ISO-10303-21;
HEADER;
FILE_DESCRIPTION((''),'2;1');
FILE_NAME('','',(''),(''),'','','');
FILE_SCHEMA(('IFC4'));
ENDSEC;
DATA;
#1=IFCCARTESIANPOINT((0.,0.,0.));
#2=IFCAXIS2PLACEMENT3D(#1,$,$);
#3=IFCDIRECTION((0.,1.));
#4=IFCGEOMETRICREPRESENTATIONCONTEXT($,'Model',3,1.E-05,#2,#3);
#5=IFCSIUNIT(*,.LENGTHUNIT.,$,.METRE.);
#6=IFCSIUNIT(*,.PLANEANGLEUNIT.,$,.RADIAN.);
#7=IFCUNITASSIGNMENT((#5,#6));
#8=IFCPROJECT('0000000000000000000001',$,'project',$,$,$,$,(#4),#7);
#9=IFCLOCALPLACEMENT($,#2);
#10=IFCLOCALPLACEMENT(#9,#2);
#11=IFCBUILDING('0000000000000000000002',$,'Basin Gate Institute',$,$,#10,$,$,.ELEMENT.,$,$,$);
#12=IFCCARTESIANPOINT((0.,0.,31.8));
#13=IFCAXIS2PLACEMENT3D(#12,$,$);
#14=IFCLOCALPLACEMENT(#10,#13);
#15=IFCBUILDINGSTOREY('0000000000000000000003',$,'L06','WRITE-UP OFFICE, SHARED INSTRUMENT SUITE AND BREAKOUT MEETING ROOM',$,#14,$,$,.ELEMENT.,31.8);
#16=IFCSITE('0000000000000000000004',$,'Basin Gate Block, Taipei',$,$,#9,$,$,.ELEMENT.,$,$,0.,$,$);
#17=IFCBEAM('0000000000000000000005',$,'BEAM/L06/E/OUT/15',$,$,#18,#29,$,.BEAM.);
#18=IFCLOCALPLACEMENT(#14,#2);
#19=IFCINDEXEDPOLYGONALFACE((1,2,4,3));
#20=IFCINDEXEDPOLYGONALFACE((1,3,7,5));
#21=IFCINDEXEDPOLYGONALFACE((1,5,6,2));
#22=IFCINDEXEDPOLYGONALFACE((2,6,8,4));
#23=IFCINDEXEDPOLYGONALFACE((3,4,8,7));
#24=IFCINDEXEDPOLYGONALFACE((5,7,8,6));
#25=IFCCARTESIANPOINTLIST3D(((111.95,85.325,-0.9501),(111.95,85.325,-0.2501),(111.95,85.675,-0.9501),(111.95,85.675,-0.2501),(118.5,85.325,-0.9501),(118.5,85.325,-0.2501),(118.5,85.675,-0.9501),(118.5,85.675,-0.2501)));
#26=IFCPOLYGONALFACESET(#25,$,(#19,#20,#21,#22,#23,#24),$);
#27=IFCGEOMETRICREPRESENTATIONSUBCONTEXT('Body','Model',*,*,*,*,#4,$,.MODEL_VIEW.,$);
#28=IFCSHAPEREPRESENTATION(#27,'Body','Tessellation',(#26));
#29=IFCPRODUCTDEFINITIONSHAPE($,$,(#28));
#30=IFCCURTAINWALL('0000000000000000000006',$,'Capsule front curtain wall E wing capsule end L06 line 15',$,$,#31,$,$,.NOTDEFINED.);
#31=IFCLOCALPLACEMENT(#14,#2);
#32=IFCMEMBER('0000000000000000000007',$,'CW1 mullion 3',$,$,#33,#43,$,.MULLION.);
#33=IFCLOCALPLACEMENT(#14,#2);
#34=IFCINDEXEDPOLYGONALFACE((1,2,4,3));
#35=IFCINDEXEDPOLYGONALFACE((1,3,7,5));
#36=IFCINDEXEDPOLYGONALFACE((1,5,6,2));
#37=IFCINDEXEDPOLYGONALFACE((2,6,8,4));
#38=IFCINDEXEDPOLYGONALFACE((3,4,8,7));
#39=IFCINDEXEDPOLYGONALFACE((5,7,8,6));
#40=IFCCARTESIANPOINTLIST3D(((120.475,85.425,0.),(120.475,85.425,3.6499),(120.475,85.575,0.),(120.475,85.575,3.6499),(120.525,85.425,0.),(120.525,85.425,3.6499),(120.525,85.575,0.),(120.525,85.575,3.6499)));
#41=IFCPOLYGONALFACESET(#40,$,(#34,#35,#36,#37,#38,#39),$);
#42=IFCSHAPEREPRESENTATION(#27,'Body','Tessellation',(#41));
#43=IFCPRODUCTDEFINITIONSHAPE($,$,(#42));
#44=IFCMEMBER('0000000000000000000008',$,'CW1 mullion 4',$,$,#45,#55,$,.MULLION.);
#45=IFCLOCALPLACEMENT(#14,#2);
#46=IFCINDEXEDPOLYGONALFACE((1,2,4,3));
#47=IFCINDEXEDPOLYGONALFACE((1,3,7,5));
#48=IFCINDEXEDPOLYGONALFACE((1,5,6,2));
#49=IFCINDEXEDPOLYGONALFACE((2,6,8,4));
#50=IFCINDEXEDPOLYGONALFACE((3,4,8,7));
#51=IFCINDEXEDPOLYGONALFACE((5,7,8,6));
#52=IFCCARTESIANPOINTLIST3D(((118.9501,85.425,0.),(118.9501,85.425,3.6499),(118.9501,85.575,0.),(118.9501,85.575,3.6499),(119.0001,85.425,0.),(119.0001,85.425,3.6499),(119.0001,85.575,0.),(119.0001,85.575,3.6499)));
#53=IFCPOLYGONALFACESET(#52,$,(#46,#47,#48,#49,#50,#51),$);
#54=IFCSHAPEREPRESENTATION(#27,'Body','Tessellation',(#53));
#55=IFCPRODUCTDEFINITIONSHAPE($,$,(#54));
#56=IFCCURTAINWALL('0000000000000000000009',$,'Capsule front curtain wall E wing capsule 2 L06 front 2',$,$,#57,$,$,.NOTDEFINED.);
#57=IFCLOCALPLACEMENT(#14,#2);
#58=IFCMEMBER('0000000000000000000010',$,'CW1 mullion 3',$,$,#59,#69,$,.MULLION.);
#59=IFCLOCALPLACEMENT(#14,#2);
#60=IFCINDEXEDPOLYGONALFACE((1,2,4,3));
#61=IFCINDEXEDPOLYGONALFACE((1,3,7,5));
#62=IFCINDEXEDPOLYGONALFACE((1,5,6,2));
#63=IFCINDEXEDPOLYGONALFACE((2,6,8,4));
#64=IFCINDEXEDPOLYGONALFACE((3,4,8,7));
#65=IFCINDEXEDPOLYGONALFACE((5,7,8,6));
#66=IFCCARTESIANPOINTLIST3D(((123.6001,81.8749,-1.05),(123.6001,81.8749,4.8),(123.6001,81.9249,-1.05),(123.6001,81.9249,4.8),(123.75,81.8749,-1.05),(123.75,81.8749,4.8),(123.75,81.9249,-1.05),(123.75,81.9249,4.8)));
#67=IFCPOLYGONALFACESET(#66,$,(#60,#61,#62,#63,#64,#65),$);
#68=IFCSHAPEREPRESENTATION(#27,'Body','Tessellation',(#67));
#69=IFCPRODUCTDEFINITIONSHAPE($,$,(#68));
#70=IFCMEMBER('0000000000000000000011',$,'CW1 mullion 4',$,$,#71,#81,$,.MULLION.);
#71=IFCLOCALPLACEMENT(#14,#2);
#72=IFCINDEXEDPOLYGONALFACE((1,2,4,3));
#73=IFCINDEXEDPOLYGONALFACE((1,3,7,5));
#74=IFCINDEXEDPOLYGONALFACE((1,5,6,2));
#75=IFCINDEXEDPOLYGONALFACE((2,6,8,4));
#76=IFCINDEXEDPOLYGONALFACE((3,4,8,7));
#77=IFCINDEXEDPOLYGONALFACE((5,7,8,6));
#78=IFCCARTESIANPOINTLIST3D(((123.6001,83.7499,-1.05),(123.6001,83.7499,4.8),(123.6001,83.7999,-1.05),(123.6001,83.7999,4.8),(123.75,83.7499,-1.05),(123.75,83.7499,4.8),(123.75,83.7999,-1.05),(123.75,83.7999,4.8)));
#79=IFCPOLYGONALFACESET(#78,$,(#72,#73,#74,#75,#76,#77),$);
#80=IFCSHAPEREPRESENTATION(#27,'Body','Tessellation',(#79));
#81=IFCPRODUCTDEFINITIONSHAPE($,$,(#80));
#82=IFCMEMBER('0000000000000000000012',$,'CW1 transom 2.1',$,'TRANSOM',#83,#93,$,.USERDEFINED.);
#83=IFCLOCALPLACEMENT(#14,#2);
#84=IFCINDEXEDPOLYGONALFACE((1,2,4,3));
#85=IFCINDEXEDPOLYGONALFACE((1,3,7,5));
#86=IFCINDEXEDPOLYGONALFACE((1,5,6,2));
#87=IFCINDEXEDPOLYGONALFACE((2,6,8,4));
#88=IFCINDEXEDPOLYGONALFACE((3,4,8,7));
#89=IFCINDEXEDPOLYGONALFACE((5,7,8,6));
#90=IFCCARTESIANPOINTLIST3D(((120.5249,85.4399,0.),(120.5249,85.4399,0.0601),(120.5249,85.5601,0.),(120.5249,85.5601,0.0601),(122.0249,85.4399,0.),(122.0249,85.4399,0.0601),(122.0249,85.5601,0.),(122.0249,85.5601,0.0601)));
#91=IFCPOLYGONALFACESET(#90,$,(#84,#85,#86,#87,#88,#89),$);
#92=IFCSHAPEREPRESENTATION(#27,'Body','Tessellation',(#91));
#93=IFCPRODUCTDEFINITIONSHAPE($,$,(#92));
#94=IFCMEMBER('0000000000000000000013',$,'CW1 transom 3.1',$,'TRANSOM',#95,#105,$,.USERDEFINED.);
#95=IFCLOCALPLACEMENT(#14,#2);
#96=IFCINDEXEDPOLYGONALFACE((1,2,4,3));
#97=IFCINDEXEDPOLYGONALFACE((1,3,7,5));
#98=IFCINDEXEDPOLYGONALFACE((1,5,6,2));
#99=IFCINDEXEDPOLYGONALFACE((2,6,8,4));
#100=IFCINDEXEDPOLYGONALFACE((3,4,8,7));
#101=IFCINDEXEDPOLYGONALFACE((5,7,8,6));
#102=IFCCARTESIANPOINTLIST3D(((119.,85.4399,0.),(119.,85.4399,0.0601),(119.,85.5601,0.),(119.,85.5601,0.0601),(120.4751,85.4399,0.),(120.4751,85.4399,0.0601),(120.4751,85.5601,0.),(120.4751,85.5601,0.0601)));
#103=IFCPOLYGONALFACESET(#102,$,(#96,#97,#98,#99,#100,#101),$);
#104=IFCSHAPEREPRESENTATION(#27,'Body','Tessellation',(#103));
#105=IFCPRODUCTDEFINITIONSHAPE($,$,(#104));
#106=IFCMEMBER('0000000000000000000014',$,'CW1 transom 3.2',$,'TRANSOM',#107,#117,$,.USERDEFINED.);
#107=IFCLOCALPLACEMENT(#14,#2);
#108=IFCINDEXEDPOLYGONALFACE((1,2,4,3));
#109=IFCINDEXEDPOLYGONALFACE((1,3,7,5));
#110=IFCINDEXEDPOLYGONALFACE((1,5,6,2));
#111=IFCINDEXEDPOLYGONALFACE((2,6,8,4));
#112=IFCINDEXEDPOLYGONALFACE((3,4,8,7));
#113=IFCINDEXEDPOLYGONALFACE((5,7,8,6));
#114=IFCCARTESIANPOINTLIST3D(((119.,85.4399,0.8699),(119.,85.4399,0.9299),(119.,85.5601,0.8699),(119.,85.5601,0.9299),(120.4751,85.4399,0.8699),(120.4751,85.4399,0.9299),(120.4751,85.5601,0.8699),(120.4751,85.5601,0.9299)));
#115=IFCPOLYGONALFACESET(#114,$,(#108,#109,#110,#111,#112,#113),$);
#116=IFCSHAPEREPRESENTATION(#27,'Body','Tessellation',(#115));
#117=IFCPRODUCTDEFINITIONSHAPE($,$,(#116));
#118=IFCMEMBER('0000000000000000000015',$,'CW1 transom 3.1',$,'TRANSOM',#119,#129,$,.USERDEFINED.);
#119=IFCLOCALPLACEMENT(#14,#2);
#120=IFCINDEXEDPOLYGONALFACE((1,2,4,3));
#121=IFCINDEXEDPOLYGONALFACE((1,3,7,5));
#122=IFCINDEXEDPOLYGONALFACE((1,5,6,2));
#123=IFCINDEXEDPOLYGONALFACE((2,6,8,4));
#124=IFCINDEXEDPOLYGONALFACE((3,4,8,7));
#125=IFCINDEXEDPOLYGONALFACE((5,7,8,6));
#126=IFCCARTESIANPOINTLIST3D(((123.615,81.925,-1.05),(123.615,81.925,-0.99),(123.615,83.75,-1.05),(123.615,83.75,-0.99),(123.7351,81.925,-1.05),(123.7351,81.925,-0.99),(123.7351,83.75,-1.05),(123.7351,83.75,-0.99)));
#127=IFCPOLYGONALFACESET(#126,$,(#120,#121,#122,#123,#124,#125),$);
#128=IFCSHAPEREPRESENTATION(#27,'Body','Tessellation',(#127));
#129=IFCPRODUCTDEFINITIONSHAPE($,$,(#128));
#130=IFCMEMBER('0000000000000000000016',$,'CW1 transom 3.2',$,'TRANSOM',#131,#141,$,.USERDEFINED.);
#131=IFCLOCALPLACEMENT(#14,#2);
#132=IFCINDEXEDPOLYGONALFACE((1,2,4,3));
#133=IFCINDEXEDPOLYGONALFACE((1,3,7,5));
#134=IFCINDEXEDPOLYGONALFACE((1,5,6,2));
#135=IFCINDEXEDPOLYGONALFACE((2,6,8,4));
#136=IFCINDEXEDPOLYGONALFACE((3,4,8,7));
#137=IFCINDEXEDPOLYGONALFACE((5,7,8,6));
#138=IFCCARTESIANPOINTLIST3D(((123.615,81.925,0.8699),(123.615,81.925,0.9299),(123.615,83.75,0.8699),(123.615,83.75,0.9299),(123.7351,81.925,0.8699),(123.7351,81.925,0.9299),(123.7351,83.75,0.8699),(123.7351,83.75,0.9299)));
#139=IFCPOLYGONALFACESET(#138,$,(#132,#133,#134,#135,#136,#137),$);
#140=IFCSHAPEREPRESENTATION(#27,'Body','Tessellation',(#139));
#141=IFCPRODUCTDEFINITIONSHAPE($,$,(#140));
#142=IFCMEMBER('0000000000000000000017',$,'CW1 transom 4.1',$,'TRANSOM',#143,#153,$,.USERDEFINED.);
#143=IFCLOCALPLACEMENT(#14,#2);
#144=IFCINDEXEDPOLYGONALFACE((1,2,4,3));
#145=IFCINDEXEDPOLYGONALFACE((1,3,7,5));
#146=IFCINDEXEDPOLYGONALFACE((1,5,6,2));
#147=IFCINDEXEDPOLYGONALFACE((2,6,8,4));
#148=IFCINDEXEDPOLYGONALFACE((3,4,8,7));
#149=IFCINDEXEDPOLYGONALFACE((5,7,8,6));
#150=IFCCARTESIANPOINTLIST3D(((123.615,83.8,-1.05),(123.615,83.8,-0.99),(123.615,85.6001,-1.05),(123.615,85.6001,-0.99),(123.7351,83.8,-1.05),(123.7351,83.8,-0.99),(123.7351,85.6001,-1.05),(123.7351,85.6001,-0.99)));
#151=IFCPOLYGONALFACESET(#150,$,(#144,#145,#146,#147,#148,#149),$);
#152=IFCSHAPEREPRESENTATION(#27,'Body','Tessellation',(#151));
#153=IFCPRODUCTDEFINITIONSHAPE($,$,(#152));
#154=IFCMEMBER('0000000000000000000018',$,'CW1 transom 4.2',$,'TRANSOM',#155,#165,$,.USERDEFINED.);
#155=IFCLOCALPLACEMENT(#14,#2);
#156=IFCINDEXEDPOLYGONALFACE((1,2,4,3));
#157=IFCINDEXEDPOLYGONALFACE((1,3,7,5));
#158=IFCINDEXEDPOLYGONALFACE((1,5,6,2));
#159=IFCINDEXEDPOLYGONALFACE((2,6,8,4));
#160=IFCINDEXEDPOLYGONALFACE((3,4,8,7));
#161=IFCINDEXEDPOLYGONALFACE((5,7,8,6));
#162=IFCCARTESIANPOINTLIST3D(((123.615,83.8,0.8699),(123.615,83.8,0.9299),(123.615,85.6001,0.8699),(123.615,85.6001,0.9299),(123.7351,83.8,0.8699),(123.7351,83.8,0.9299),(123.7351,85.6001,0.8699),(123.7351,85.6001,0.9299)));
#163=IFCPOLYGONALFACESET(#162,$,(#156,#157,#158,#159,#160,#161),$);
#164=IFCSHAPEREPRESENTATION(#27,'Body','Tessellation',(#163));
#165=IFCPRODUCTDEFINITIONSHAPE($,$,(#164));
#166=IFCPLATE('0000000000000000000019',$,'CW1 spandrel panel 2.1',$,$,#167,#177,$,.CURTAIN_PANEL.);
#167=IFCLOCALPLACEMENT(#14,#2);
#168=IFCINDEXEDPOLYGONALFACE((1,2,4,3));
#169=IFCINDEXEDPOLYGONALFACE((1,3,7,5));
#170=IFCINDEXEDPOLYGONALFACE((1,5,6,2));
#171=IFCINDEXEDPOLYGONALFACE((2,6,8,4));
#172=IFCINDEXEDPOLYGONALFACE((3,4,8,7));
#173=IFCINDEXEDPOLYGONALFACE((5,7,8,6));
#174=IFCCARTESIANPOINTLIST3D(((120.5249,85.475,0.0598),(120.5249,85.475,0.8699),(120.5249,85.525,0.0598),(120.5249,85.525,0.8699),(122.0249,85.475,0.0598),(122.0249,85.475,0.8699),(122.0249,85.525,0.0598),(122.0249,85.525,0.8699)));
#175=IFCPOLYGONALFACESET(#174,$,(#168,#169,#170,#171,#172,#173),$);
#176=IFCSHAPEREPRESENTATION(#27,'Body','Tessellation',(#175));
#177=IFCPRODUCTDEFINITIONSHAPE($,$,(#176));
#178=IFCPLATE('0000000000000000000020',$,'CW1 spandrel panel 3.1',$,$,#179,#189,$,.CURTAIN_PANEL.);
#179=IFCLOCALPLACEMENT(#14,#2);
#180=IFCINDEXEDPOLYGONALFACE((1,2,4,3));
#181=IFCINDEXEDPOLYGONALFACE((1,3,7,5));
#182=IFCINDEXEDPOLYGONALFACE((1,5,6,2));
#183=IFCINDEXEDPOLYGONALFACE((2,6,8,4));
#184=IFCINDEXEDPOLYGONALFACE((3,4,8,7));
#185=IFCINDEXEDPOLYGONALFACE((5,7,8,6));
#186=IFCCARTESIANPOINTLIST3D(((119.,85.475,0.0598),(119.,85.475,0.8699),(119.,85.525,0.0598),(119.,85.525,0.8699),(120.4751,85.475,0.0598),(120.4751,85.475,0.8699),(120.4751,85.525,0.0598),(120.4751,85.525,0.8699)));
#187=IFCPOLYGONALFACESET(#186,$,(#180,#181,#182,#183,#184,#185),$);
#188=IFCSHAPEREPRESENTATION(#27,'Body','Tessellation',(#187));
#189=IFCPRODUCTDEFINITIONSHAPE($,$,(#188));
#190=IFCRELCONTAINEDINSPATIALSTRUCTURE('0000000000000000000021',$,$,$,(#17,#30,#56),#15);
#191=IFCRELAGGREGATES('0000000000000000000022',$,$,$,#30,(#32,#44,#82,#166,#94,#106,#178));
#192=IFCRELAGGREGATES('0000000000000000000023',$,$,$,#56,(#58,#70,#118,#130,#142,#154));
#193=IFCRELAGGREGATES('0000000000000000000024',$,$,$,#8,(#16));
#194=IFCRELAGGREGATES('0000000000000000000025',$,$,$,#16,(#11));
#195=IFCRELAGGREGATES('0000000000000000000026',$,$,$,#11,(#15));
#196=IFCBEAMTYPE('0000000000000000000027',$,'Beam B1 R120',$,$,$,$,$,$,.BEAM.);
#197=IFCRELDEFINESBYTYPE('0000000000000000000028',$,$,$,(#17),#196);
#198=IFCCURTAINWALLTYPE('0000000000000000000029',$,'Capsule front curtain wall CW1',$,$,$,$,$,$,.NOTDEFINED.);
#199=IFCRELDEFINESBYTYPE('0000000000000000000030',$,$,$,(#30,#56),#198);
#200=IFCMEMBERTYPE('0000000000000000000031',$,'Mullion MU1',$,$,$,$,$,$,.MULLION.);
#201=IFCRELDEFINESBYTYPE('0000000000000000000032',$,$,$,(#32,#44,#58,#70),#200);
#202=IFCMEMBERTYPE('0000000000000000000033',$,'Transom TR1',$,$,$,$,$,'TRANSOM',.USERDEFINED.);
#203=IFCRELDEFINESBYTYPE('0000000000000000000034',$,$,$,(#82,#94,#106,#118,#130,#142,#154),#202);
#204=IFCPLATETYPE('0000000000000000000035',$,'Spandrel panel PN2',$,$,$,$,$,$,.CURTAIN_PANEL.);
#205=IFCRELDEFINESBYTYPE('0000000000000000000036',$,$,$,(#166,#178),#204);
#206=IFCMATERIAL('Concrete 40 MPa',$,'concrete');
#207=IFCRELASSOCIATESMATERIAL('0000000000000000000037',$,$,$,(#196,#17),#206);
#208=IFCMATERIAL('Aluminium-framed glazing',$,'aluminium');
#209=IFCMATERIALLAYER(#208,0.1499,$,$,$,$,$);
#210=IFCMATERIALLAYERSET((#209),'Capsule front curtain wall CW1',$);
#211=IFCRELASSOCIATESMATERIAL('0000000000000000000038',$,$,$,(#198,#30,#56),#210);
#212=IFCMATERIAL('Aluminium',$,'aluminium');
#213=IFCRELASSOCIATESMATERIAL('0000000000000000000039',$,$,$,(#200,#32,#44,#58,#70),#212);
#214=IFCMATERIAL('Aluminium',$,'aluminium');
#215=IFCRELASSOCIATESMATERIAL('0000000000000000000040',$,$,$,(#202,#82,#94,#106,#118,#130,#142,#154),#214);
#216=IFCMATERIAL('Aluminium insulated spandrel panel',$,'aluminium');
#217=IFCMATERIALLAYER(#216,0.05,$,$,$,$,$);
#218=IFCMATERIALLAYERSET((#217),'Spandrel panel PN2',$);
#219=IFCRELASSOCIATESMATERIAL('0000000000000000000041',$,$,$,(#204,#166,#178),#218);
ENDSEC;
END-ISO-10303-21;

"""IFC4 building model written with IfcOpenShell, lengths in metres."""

from ifc_helpers import new_model, si_unit, direction, frame, origin, origin_2d, place, context, subcontext, project, spatial, rectangle, extrude, material, layer, layer_set, material_profile, profile_set, type_object, element, aggregate, save


model = new_model("IFC4")

# Units and contexts
model_context = context("Model", 3, precision=1e-05, world=origin(), true_north=direction((0.0, 1.0)))
body_context = subcontext(model_context, "Body", "Model", "MODEL_VIEW")
ifc_project = project(units=[si_unit("LENGTHUNIT", "METRE"), si_unit("PLANEANGLEUNIT", "RADIAN")], contexts=[model_context])

# Site, building, storey
site_placement = place(None, origin())
site = spatial("IfcSite", under=ifc_project, at=site_placement, Name="Basin Gate Block, Taipei", CompositionType="ELEMENT", RefElevation=0.0)
building_placement = place(site_placement, origin())
building = spatial("IfcBuilding", under=site, at=building_placement, Name="Basin Gate Institute", CompositionType="ELEMENT")
storey_placement = place(building_placement, frame((0.0, 0.0, 31.8)))
storey = spatial("IfcBuildingStorey", under=building, at=storey_placement, Name="L06", Description="WRITE-UP OFFICE, SHARED INSTRUMENT SUITE AND BREAKOUT MEETING ROOM", CompositionType="ELEMENT", Elevation=31.8)

# Beam
ifc_material_1 = material(Name="Concrete 40 MPa", Category="concrete")
ifc_material_profile_1 = material_profile(ifc_material_1, rectangle(XDim=0.3501, YDim=0.7, at=origin_2d()), Name="Beam B1 350 x 700")
ifc_profile_set_1 = profile_set([ifc_material_profile_1], Name="Concrete 40 MPa")
beam_type = type_object("IfcBeamType", Name="Beam B1 R120", PredefinedType="BEAM", material=ifc_profile_set_1)
beam_placement = place(storey_placement, frame((118.5, 85.5, -0.6001), z_axis=(-1.0, 0.0, 0.0), x_axis=(0.0, -1.0, 0.0)))
element("IfcBeam", 1, at=beam_placement, inside=storey, type_object=beam_type, material=ifc_profile_set_1, Name="BEAM/L06/E/OUT/15", PredefinedType="BEAM", context=body_context, shape_type="SweptSolid", body=[
    extrude(rectangle(XDim=0.3501, YDim=0.7, at=origin_2d()), origin(), (0.0, 0.0, 1.0), 6.55),
])

# Curtain walls, members
ifc_material_2 = material(Name="Aluminium-framed glazing", Category="aluminium")
ifc_layer_1 = layer(ifc_material_2, 0.1499)
ifc_layer_set_1 = layer_set([ifc_layer_1], Name="Capsule front curtain wall CW1")
curtain_wall_type = type_object("IfcCurtainWallType", Name="Capsule front curtain wall CW1", PredefinedType="NOTDEFINED", material=ifc_layer_set_1)
curtain_wall_1_placement = place(storey_placement, origin())
curtain_wall_1 = element("IfcCurtainWall", 2, at=curtain_wall_1_placement, inside=storey, type_object=curtain_wall_type, material=ifc_layer_set_1, Name="Capsule front curtain wall E wing capsule end L06 line 15", PredefinedType="NOTDEFINED")
ifc_material_3 = material(Name="Aluminium", Category="aluminium")
ifc_material_profile_2 = material_profile(ifc_material_3, rectangle(XDim=0.1499, YDim=0.05, at=origin_2d()), Name="Mullion MU1 150 x 50")
ifc_profile_set_2 = profile_set([ifc_material_profile_2], Name="Aluminium")
member_type_1 = type_object("IfcMemberType", Name="Mullion MU1", PredefinedType="MULLION", material=ifc_profile_set_2)
member_1_placement = place(storey_placement, frame((120.5, 85.5, 0.0), z_axis=(0.0, 0.0, 1.0), x_axis=(0.0, -1.0, 0.0)))
member_1 = element("IfcMember", 3, at=member_1_placement, type_object=member_type_1, material=ifc_profile_set_2, Name="CW1 mullion 3", PredefinedType="MULLION", context=body_context, shape_type="SweptSolid", body=[
    extrude(rectangle(XDim=0.1499, YDim=0.05, at=origin_2d()), origin(), (0.0, 0.0, 1.0), 3.6499),
])
member_2_placement = place(storey_placement, frame((118.9751, 85.5, 0.0), z_axis=(0.0, 0.0, 1.0), x_axis=(0.0, -1.0, 0.0)))
member_2 = element("IfcMember", 4, at=member_2_placement, type_object=member_type_1, material=ifc_profile_set_2, Name="CW1 mullion 4", PredefinedType="MULLION", context=body_context, shape_type="SweptSolid", body=[
    extrude(rectangle(XDim=0.1499, YDim=0.05, at=origin_2d()), origin(), (0.0, 0.0, 1.0), 3.6499),
])
curtain_wall_2_placement = place(storey_placement, origin())
curtain_wall_2 = element("IfcCurtainWall", 5, at=curtain_wall_2_placement, inside=storey, type_object=curtain_wall_type, material=ifc_layer_set_1, Name="Capsule front curtain wall E wing capsule 2 L06 front 2", PredefinedType="NOTDEFINED")
member_3_placement = place(storey_placement, frame((123.675, 81.8999, -1.05), z_axis=(0.0, 0.0, 1.0), x_axis=(-1.0, 0.0, 0.0)))
member_3 = element("IfcMember", 6, at=member_3_placement, type_object=member_type_1, material=ifc_profile_set_2, Name="CW1 mullion 3", PredefinedType="MULLION", context=body_context, shape_type="SweptSolid", body=[
    extrude(rectangle(XDim=0.1499, YDim=0.05, at=origin_2d()), origin(), (0.0, 0.0, 1.0), 5.8501),
])
member_4_placement = place(storey_placement, frame((123.675, 83.7749, -1.05), z_axis=(0.0, 0.0, 1.0), x_axis=(-1.0, 0.0, 0.0)))
member_4 = element("IfcMember", 7, at=member_4_placement, type_object=member_type_1, material=ifc_profile_set_2, Name="CW1 mullion 4", PredefinedType="MULLION", context=body_context, shape_type="SweptSolid", body=[
    extrude(rectangle(XDim=0.1499, YDim=0.05, at=origin_2d()), origin(), (0.0, 0.0, 1.0), 5.8501),
])

# Members
ifc_material_4 = material(Name="Aluminium", Category="aluminium")
ifc_material_profile_3 = material_profile(ifc_material_4, rectangle(XDim=0.1201, YDim=0.0601, at=origin_2d()), Name="Transom TR1 120 x 60")
ifc_profile_set_3 = profile_set([ifc_material_profile_3], Name="Aluminium")
member_type_2 = type_object("IfcMemberType", Name="Transom TR1", ElementType="TRANSOM", PredefinedType="USERDEFINED", material=ifc_profile_set_3)
member_5_placement = place(storey_placement, frame((122.0249, 85.5, 0.03), z_axis=(-1.0, 0.0, 0.0), x_axis=(0.0, -1.0, 0.0)))
member_5 = element("IfcMember", 8, at=member_5_placement, type_object=member_type_2, material=ifc_profile_set_3, Name="CW1 transom 2.1", ObjectType="TRANSOM", PredefinedType="USERDEFINED", context=body_context, shape_type="SweptSolid", body=[
    extrude(rectangle(XDim=0.1201, YDim=0.0601, at=origin_2d()), origin(), (0.0, 0.0, 1.0), 1.5),
])
member_6_placement = place(storey_placement, frame((120.4751, 85.5, 0.03), z_axis=(-1.0, 0.0, 0.0), x_axis=(0.0, -1.0, 0.0)))
member_6 = element("IfcMember", 9, at=member_6_placement, type_object=member_type_2, material=ifc_profile_set_3, Name="CW1 transom 3.1", ObjectType="TRANSOM", PredefinedType="USERDEFINED", context=body_context, shape_type="SweptSolid", body=[
    extrude(rectangle(XDim=0.1201, YDim=0.0601, at=origin_2d()), origin(), (0.0, 0.0, 1.0), 1.4751),
])
member_7_placement = place(storey_placement, frame((120.4751, 85.5, 0.8999), z_axis=(-1.0, 0.0, 0.0), x_axis=(0.0, -1.0, 0.0)))
member_7 = element("IfcMember", 10, at=member_7_placement, type_object=member_type_2, material=ifc_profile_set_3, Name="CW1 transom 3.2", ObjectType="TRANSOM", PredefinedType="USERDEFINED", context=body_context, shape_type="SweptSolid", body=[
    extrude(rectangle(XDim=0.1201, YDim=0.0601, at=origin_2d()), origin(), (0.0, 0.0, 1.0), 1.4751),
])
member_8_placement = place(storey_placement, frame((123.675, 81.925, -1.02), z_axis=(0.0, 1.0, 0.0), x_axis=(-1.0, 0.0, 0.0)))
member_8 = element("IfcMember", 11, at=member_8_placement, type_object=member_type_2, material=ifc_profile_set_3, Name="CW1 transom 3.1", ObjectType="TRANSOM", PredefinedType="USERDEFINED", context=body_context, shape_type="SweptSolid", body=[
    extrude(rectangle(XDim=0.1201, YDim=0.0601, at=origin_2d()), origin(), (0.0, 0.0, 1.0), 1.825),
])
member_9_placement = place(storey_placement, frame((123.675, 81.925, 0.8999), z_axis=(0.0, 1.0, 0.0), x_axis=(-1.0, 0.0, 0.0)))
member_9 = element("IfcMember", 12, at=member_9_placement, type_object=member_type_2, material=ifc_profile_set_3, Name="CW1 transom 3.2", ObjectType="TRANSOM", PredefinedType="USERDEFINED", context=body_context, shape_type="SweptSolid", body=[
    extrude(rectangle(XDim=0.1201, YDim=0.0601, at=origin_2d()), origin(), (0.0, 0.0, 1.0), 1.825),
])
member_10_placement = place(storey_placement, frame((123.675, 83.8, -1.02), z_axis=(0.0, 1.0, 0.0), x_axis=(-1.0, 0.0, 0.0)))
member_10 = element("IfcMember", 13, at=member_10_placement, type_object=member_type_2, material=ifc_profile_set_3, Name="CW1 transom 4.1", ObjectType="TRANSOM", PredefinedType="USERDEFINED", context=body_context, shape_type="SweptSolid", body=[
    extrude(rectangle(XDim=0.1201, YDim=0.0601, at=origin_2d()), origin(), (0.0, 0.0, 1.0), 1.8),
])
member_11_placement = place(storey_placement, frame((123.675, 83.8, 0.8999), z_axis=(0.0, 1.0, 0.0), x_axis=(-1.0, 0.0, 0.0)))
member_11 = element("IfcMember", 14, at=member_11_placement, type_object=member_type_2, material=ifc_profile_set_3, Name="CW1 transom 4.2", ObjectType="TRANSOM", PredefinedType="USERDEFINED", context=body_context, shape_type="SweptSolid", body=[
    extrude(rectangle(XDim=0.1201, YDim=0.0601, at=origin_2d()), origin(), (0.0, 0.0, 1.0), 1.8),
])

# Plates
ifc_material_5 = material(Name="Aluminium insulated spandrel panel", Category="aluminium")
ifc_layer_2 = layer(ifc_material_5, 0.05)
ifc_layer_set_2 = layer_set([ifc_layer_2], Name="Spandrel panel PN2")
plate_type = type_object("IfcPlateType", Name="Spandrel panel PN2", PredefinedType="CURTAIN_PANEL", material=ifc_layer_set_2)
plate_1_placement = place(storey_placement, frame((121.2749, 85.5, 0.0598), z_axis=(0.0, 0.0, 1.0), x_axis=(-1.0, 0.0, 0.0)))
plate_1 = element("IfcPlate", 15, at=plate_1_placement, type_object=plate_type, material=ifc_layer_set_2, Name="CW1 spandrel panel 2.1", PredefinedType="CURTAIN_PANEL", context=body_context, shape_type="SweptSolid", body=[
    extrude(rectangle(XDim=1.5, YDim=0.05, at=origin_2d()), origin(), (0.0, 0.0, 1.0), 0.8101),
])
plate_2_placement = place(storey_placement, frame((119.7375, 85.5, 0.0598), z_axis=(0.0, 0.0, 1.0), x_axis=(-1.0, 0.0, 0.0)))
plate_2 = element("IfcPlate", 16, at=plate_2_placement, type_object=plate_type, material=ifc_layer_set_2, Name="CW1 spandrel panel 3.1", PredefinedType="CURTAIN_PANEL", context=body_context, shape_type="SweptSolid", body=[
    extrude(rectangle(XDim=1.4751, YDim=0.05, at=origin_2d()), origin(), (0.0, 0.0, 1.0), 0.8101),
])
aggregate(curtain_wall_1, [member_1, member_2, member_5, plate_1, member_6, member_7, plate_2])
aggregate(curtain_wall_2, [member_3, member_4, member_8, member_9, member_10, member_11])

save(model, "model.ifc")
